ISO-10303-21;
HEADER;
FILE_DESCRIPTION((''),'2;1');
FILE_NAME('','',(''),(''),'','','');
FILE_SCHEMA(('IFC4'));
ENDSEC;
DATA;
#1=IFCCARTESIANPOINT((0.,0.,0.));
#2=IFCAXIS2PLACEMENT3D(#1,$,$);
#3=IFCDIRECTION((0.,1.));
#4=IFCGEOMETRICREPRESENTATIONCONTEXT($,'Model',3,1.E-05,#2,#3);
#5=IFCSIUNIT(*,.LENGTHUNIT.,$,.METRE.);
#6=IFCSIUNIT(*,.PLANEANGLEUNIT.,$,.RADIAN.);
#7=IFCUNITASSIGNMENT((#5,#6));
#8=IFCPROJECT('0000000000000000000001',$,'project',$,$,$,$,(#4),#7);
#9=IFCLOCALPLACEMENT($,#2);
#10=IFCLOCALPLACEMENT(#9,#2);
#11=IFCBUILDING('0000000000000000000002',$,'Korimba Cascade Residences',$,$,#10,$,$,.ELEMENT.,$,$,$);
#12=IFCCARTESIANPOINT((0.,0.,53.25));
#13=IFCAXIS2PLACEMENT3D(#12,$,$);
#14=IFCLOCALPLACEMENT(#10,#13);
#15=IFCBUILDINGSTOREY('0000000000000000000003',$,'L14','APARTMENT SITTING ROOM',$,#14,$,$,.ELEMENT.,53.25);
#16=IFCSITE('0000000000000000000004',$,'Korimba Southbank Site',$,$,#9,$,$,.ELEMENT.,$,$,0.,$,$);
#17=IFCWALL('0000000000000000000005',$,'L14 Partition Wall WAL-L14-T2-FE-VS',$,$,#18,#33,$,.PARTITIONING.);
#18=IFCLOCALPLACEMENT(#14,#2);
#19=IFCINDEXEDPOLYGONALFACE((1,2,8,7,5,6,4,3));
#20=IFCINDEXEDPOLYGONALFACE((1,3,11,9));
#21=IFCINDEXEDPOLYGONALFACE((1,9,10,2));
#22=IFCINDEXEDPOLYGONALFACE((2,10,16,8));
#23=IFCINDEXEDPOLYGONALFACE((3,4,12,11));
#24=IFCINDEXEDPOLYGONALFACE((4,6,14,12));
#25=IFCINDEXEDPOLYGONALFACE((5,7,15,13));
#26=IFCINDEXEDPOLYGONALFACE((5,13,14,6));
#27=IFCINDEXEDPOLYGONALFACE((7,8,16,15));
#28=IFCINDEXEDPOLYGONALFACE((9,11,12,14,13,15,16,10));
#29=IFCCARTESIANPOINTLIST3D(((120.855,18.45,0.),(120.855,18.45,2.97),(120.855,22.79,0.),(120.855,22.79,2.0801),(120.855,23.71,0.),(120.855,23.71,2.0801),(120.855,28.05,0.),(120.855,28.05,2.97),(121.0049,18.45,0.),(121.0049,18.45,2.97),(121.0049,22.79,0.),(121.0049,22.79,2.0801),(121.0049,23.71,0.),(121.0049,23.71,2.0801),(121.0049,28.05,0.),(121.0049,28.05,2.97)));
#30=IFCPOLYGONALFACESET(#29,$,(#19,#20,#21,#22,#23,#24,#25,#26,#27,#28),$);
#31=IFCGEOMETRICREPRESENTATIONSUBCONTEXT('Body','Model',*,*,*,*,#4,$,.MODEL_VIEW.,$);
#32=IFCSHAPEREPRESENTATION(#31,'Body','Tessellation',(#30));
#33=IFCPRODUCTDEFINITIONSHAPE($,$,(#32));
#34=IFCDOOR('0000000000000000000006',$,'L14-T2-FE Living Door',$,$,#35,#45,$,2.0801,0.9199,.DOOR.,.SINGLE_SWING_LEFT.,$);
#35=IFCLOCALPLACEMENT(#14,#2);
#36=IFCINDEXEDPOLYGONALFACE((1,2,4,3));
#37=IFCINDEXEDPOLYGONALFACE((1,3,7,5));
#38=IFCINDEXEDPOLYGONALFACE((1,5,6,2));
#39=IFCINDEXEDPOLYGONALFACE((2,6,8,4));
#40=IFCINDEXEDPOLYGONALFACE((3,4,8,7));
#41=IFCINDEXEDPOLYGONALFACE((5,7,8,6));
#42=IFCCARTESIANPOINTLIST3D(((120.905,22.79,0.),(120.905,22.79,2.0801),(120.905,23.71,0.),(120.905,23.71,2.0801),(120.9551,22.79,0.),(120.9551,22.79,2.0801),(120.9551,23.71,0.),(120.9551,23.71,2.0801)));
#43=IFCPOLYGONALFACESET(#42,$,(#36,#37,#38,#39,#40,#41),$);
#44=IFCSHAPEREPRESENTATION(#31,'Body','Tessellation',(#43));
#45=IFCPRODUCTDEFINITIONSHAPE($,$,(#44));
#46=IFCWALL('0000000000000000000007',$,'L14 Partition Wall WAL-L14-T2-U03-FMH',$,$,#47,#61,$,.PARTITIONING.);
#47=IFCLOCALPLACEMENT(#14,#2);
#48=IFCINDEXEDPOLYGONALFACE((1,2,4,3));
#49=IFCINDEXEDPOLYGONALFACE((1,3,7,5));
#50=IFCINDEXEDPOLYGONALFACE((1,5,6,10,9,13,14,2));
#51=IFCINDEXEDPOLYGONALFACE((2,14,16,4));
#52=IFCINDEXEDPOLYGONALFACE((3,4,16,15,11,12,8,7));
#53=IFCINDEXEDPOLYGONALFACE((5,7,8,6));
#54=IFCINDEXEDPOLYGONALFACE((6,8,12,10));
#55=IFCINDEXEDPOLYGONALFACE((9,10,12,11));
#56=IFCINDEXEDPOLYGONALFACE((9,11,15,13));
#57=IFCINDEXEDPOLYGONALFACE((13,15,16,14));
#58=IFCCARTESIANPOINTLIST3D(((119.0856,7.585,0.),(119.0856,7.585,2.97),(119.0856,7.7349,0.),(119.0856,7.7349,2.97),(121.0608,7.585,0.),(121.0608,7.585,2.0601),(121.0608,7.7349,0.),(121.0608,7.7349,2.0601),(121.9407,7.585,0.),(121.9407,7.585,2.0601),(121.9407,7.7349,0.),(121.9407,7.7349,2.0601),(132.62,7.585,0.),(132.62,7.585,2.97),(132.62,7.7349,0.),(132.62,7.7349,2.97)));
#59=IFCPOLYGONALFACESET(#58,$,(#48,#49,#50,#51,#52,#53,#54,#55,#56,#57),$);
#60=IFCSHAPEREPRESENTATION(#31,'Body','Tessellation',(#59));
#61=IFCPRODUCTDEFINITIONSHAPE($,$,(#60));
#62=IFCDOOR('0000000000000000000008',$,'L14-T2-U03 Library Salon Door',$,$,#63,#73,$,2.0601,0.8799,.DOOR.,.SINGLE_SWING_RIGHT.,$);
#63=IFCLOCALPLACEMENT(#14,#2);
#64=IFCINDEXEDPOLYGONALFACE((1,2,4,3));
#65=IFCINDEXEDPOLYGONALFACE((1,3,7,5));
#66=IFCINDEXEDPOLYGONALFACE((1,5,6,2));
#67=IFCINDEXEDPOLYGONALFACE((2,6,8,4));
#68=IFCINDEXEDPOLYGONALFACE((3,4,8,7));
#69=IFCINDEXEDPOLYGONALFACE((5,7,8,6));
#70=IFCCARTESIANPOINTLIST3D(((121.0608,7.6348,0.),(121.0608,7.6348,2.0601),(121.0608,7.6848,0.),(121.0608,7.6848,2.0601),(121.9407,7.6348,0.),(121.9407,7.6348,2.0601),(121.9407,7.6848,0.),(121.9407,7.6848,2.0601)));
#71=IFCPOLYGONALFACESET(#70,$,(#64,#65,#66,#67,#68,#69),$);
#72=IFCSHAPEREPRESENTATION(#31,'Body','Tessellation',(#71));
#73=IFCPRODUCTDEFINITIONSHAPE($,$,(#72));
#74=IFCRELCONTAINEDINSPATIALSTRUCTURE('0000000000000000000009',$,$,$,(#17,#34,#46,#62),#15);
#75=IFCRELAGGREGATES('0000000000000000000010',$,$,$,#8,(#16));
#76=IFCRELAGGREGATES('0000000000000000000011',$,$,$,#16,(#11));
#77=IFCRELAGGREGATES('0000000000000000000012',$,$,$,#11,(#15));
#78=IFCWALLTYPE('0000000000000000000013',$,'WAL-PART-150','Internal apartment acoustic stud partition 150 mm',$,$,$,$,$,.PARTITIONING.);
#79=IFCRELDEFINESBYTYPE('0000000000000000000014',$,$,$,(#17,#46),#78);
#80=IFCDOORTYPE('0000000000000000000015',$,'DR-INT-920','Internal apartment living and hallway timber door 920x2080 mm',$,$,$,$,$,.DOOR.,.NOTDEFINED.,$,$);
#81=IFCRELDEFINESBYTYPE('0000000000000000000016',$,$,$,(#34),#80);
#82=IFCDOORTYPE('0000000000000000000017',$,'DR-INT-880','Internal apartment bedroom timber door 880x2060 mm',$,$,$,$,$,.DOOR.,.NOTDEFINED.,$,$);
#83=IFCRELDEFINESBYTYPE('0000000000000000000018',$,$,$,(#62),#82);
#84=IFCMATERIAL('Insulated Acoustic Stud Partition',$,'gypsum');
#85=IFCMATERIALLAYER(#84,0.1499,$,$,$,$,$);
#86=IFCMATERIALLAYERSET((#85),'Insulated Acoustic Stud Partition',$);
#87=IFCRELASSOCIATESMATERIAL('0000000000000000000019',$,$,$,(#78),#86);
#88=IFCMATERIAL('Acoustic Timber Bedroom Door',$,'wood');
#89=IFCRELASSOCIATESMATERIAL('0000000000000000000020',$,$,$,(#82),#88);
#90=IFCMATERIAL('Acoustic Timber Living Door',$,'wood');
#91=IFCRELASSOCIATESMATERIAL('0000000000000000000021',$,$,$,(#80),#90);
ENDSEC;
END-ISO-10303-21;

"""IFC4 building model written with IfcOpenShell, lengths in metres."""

from ifc_helpers import new_model, si_unit, direction, frame, frame_2d, origin, place, context, subcontext, project, spatial, rectangle, extrude, material, layer, layer_set, type_object, element, fill, save


model = new_model("IFC4")

# Units and contexts
model_context = context("Model", 3, precision=1e-05, world=origin(), true_north=direction((0.0, 1.0)))
body_context = subcontext(model_context, "Body", "Model", "MODEL_VIEW")
ifc_project = project(units=[si_unit("LENGTHUNIT", "METRE"), si_unit("PLANEANGLEUNIT", "RADIAN")], contexts=[model_context])

# Site, building, storey
site_placement = place(None, origin())
site = spatial("IfcSite", under=ifc_project, at=site_placement, Name="Korimba Southbank Site", CompositionType="ELEMENT", RefElevation=0.0)
building_placement = place(site_placement, origin())
building = spatial("IfcBuilding", under=site, at=building_placement, Name="Korimba Cascade Residences", CompositionType="ELEMENT")
storey_placement = place(building_placement, frame((0.0, 0.0, 53.25)))
storey = spatial("IfcBuildingStorey", under=building, at=storey_placement, Name="L14", Description="APARTMENT SITTING ROOM", CompositionType="ELEMENT", Elevation=53.25)

# Walls, openings, doors
ifc_material_1 = material(Name="Insulated Acoustic Stud Partition", Category="gypsum")
ifc_layer_1 = layer(ifc_material_1, 0.1499)
ifc_layer_set_1 = layer_set([ifc_layer_1], Name="Insulated Acoustic Stud Partition")
wall_type_1 = type_object("IfcWallType", Name="WAL-PART-150", Description="Internal apartment acoustic stud partition 150 mm", PredefinedType="PARTITIONING", material=ifc_layer_set_1)
ifc_material_2 = material(Name="Acoustic Timber Bedroom Door", Category="wood")
door_type_1 = type_object("IfcDoorType", Name="DR-INT-880", Description="Internal apartment bedroom timber door 880x2060 mm", OperationType="NOTDEFINED", PredefinedType="DOOR", material=ifc_material_2)
wall_1_placement = place(storey_placement, frame((120.9299, 18.45, 0.0), z_axis=(0.0, 0.0, 1.0), x_axis=(0.0, 1.0, 0.0)))
wall_1 = element("IfcWall", 1, at=wall_1_placement, inside=storey, type_object=wall_type_1, Name="L14 Partition Wall WAL-L14-T2-FE-VS", PredefinedType="PARTITIONING", context=body_context, shape_type="SweptSolid", body=[
    extrude(rectangle(XDim=9.6001, YDim=0.1499, at=frame_2d((4.8, 0.0))), origin(), (0.0, 0.0, 1.0), 2.97),
])
opening_1_placement = place(wall_1_placement, frame((4.3401, 0.0, 0.0)))
opening_1 = element("IfcOpeningElement", 2, at=opening_1_placement, cuts=wall_1, PredefinedType="OPENING", context=body_context, shape_type="SweptSolid", body=[
    extrude(rectangle(XDim=0.9199, YDim=2.0801, at=frame_2d((0.46, 1.04))), frame((0.0, 0.085, 0.0), z_axis=(0.0, -1.0, 0.0), x_axis=(1.0, 0.0, 0.0)), (0.0, 0.0, 1.0), 0.1699),
])
ifc_material_3 = material(Name="Acoustic Timber Living Door", Category="wood")
door_type_2 = type_object("IfcDoorType", Name="DR-INT-920", Description="Internal apartment living and hallway timber door 920x2080 mm", OperationType="NOTDEFINED", PredefinedType="DOOR", material=ifc_material_3)
door_1_placement = place(opening_1_placement, origin())
door_1 = element("IfcDoor", 3, at=door_1_placement, inside=storey, type_object=door_type_2, Name="L14-T2-FE Living Door", OperationType="SINGLE_SWING_LEFT", OverallHeight=2.0801, OverallWidth=0.9199, PredefinedType="DOOR", context=body_context, shape_type="SweptSolid", body=[
    extrude(rectangle(XDim=0.9199, YDim=2.0801, at=frame_2d((0.46, 1.04))), frame((0.0, 0.0249, 0.0), z_axis=(0.0, -1.0, 0.0), x_axis=(1.0, 0.0, 0.0)), (0.0, 0.0, 1.0), 0.05),
])
fill(opening_1, door_1)
wall_2_placement = place(storey_placement, frame((119.0857, 7.6599, 0.0), z_axis=(0.0, 0.0, 1.0), x_axis=(1.0, 0.0, 0.0)))
wall_2 = element("IfcWall", 4, at=wall_2_placement, inside=storey, type_object=wall_type_1, Name="L14 Partition Wall WAL-L14-T2-U03-FMH", PredefinedType="PARTITIONING", context=body_context, shape_type="SweptSolid", body=[
    extrude(rectangle(XDim=13.5344, YDim=0.1499, at=frame_2d((6.7671, 0.0))), origin(), (0.0, 0.0, 1.0), 2.97),
])
opening_2_placement = place(wall_2_placement, frame((1.9751, 0.0, 0.0)))
opening_2 = element("IfcOpeningElement", 5, at=opening_2_placement, cuts=wall_2, PredefinedType="OPENING", context=body_context, shape_type="SweptSolid", body=[
    extrude(rectangle(XDim=0.8799, YDim=2.0601, at=frame_2d((0.4399, 1.03))), frame((0.0, 0.085, 0.0), z_axis=(0.0, -1.0, 0.0), x_axis=(1.0, 0.0, 0.0)), (0.0, 0.0, 1.0), 0.1699),
])
door_2_placement = place(opening_2_placement, origin())
door_2 = element("IfcDoor", 6, at=door_2_placement, inside=storey, type_object=door_type_1, Name="L14-T2-U03 Library Salon Door", OperationType="SINGLE_SWING_RIGHT", OverallHeight=2.0601, OverallWidth=0.8799, PredefinedType="DOOR", context=body_context, shape_type="SweptSolid", body=[
    extrude(rectangle(XDim=0.8799, YDim=2.0601, at=frame_2d((0.4399, 1.03))), frame((0.0, 0.0249, 0.0), z_axis=(0.0, -1.0, 0.0), x_axis=(1.0, 0.0, 0.0)), (0.0, 0.0, 1.0), 0.05),
])
fill(opening_2, door_2)

save(model, "model.ifc")
